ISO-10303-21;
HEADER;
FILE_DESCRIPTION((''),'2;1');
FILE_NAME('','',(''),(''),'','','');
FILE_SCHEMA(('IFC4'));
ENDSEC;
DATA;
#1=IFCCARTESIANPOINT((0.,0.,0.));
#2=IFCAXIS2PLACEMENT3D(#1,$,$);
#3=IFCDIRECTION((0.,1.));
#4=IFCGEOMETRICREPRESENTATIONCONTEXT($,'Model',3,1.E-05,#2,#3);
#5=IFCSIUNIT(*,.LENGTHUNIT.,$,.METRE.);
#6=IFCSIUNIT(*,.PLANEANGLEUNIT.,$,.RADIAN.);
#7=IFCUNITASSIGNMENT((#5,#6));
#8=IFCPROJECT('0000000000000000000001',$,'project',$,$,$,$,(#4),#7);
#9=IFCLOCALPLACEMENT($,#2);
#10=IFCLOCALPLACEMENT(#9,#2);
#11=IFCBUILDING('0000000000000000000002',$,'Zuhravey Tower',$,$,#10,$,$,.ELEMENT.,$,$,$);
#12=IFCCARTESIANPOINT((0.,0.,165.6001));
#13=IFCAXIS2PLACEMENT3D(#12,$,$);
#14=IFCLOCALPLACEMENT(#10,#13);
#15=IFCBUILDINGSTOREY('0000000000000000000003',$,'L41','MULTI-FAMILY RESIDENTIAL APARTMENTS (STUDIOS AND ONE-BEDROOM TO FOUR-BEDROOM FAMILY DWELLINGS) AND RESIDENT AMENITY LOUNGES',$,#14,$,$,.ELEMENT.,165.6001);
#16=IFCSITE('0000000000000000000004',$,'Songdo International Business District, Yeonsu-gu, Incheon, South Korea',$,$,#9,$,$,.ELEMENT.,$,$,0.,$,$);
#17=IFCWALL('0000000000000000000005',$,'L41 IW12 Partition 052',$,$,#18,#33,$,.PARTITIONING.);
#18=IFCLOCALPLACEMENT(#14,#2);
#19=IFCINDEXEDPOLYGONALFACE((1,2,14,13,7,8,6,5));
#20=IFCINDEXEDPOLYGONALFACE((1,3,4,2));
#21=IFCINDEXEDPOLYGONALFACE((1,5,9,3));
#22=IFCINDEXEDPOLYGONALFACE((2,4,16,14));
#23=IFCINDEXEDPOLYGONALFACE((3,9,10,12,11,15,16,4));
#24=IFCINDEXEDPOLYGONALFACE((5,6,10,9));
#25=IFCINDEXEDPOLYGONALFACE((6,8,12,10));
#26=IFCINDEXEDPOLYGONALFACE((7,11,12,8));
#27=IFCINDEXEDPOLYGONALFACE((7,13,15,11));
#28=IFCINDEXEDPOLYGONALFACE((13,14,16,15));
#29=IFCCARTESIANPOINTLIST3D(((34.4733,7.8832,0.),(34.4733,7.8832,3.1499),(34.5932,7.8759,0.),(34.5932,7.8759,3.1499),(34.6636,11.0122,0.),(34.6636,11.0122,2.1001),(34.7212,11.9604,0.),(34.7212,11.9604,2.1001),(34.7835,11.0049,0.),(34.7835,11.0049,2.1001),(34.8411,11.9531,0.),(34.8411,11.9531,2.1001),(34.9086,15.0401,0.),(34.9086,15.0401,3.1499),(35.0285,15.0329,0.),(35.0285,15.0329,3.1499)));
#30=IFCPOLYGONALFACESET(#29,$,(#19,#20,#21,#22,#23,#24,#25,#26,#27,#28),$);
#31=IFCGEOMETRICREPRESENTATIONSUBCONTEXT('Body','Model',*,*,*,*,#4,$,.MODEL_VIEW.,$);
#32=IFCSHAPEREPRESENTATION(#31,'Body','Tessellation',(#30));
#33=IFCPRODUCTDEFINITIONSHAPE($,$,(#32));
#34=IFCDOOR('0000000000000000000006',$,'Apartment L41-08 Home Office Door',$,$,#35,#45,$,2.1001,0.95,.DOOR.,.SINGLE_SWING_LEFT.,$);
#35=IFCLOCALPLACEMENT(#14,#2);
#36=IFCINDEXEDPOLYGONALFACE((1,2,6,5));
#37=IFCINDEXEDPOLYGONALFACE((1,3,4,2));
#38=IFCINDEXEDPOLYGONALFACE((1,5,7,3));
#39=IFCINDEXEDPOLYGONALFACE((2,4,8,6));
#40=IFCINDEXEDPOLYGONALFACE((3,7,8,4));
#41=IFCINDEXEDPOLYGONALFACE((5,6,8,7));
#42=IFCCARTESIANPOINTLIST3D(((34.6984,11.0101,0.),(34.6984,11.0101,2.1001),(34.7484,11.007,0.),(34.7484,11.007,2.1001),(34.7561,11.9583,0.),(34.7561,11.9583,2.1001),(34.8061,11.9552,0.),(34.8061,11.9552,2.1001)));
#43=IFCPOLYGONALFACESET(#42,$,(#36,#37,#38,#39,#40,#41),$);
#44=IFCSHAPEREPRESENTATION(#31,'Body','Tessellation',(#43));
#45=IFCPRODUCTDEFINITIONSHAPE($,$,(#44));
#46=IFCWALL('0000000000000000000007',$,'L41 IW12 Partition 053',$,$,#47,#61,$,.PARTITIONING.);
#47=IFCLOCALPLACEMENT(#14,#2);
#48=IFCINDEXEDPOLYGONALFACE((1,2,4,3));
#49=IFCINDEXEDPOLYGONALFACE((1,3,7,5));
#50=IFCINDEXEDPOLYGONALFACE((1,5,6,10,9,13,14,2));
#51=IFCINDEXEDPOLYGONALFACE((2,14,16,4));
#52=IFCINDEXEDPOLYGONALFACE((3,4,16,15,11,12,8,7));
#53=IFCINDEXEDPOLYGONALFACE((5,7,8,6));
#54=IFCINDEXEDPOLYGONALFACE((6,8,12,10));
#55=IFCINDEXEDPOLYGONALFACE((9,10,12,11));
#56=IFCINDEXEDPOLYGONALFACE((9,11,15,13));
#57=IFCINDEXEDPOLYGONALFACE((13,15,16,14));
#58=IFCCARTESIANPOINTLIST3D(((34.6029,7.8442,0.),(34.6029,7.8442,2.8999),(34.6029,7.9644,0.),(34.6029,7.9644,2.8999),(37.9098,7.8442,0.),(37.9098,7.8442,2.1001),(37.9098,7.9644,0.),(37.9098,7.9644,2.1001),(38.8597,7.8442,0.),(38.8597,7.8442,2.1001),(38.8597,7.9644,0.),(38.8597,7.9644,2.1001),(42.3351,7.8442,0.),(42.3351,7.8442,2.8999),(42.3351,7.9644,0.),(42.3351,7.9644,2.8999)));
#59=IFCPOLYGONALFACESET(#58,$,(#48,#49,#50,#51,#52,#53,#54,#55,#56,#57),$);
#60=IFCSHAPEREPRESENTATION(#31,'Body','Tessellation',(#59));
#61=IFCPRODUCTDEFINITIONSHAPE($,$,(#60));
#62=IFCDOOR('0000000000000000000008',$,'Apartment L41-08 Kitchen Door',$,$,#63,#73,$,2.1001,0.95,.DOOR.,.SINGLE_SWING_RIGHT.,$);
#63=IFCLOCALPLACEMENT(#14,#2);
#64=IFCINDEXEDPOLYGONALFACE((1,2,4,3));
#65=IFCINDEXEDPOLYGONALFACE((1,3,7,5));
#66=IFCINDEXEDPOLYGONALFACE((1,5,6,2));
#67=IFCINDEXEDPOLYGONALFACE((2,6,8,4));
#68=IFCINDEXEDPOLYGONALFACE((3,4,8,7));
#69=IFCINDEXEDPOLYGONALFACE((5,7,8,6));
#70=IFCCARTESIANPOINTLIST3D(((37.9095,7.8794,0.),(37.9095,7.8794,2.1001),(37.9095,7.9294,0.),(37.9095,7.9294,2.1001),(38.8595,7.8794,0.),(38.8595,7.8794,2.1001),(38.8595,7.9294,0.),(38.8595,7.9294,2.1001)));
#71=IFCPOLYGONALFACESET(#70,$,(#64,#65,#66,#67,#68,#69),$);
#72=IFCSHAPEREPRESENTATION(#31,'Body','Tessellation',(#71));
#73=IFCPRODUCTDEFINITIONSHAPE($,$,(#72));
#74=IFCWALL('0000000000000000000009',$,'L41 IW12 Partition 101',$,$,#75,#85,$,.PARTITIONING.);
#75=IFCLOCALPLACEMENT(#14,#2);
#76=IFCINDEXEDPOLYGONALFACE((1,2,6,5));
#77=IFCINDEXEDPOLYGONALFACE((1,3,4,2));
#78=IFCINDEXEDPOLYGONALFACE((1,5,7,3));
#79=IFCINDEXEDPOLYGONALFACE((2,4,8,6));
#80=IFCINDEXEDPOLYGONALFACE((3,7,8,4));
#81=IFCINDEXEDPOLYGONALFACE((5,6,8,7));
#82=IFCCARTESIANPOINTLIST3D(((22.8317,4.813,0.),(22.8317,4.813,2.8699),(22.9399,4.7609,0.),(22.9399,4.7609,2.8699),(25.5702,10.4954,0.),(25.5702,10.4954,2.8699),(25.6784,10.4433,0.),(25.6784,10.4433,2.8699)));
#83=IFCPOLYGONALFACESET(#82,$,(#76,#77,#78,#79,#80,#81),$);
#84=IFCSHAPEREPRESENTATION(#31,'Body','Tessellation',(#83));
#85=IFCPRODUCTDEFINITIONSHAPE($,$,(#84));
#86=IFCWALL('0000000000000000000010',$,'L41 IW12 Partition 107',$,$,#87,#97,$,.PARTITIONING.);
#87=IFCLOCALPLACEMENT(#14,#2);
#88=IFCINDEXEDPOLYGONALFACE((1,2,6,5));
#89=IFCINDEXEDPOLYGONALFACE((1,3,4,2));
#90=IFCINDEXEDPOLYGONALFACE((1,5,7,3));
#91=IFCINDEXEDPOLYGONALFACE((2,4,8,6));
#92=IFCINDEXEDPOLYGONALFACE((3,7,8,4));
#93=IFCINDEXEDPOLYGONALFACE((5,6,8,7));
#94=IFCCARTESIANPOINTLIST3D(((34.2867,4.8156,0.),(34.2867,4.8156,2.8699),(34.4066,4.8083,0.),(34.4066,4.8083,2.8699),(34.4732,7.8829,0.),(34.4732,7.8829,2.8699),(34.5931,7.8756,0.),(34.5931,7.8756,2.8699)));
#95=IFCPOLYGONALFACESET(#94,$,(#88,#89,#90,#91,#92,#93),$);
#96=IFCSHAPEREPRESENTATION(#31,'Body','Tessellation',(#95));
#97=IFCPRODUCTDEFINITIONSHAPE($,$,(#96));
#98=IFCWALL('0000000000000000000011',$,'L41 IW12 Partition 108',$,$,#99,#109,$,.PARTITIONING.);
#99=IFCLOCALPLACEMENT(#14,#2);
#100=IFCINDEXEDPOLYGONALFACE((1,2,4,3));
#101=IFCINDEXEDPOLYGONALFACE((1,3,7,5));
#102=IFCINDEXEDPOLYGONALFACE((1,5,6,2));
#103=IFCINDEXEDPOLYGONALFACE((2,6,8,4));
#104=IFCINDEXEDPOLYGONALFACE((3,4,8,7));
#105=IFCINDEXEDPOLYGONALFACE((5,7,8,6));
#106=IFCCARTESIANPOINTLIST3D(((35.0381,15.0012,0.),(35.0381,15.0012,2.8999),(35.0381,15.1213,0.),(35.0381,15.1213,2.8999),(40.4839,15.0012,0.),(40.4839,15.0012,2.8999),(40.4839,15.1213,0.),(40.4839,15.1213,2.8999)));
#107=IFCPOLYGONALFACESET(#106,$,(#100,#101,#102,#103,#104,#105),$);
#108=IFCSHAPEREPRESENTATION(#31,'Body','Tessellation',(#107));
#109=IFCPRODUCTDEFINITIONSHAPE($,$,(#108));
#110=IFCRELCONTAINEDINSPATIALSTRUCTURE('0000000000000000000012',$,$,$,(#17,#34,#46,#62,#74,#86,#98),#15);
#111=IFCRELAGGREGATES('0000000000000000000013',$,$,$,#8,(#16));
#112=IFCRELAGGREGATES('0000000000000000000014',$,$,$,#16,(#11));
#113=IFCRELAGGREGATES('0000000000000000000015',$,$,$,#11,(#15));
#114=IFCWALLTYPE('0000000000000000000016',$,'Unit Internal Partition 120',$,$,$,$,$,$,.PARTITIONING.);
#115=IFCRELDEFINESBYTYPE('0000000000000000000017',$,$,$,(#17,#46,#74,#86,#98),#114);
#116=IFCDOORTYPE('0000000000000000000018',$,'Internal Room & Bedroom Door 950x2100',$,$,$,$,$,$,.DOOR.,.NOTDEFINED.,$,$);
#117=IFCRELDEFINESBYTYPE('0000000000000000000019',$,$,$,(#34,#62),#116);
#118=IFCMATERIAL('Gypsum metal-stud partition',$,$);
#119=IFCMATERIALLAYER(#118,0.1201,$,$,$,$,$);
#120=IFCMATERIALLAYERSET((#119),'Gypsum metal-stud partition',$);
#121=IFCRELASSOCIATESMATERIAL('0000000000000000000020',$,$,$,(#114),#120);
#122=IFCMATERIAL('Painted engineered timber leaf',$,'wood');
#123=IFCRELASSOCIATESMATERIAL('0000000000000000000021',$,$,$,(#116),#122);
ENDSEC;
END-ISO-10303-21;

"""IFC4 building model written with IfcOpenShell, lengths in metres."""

from ifc_helpers import new_model, si_unit, direction, frame, frame_2d, origin, place, context, subcontext, project, spatial, rectangle, extrude, material, layer, layer_set, type_object, element, fill, save


model = new_model("IFC4")

# Units and contexts
model_context = context("Model", 3, precision=1e-05, world=origin(), true_north=direction((0.0, 1.0)))
body_context = subcontext(model_context, "Body", "Model", "MODEL_VIEW")
ifc_project = project(units=[si_unit("LENGTHUNIT", "METRE"), si_unit("PLANEANGLEUNIT", "RADIAN")], contexts=[model_context])

# Site, building, storey
site_placement = place(None, origin())
site = spatial("IfcSite", under=ifc_project, at=site_placement, Name="Songdo International Business District, Yeonsu-gu, Incheon, South Korea", CompositionType="ELEMENT", RefElevation=0.0)
building_placement = place(site_placement, origin())
building = spatial("IfcBuilding", under=site, at=building_placement, Name="Zuhravey Tower", CompositionType="ELEMENT")
storey_placement = place(building_placement, frame((0.0, 0.0, 165.6001)))
storey = spatial("IfcBuildingStorey", under=building, at=storey_placement, Name="L41", Description="MULTI-FAMILY RESIDENTIAL APARTMENTS (STUDIOS AND ONE-BEDROOM TO FOUR-BEDROOM FAMILY DWELLINGS) AND RESIDENT AMENITY LOUNGES", CompositionType="ELEMENT", Elevation=165.6001)

# Shared definitions
ifc_material_1 = material(Name="Gypsum metal-stud partition")
ifc_layer_1 = layer(ifc_material_1, 0.1201)
ifc_layer_set_1 = layer_set([ifc_layer_1], Name="Gypsum metal-stud partition")
wall_type_1 = type_object("IfcWallType", Name="Unit Internal Partition 120", PredefinedType="PARTITIONING", material=ifc_layer_set_1)
ifc_material_2 = material(Name="Painted engineered timber leaf", Category="wood")
door_type = type_object("IfcDoorType", Name="Internal Room & Bedroom Door 950x2100", OperationType="NOTDEFINED", PredefinedType="DOOR", material=ifc_material_2)

# Walls, openings, doors
wall_1_placement = place(storey_placement, frame((34.9685, 15.0364, 0.0), z_axis=(0.0, 0.0, 1.0), x_axis=(-0.06071, -0.998155, 0.0)))
wall_1 = element("IfcWall", 1, at=wall_1_placement, inside=storey, type_object=wall_type_1, Name="L41 IW12 Partition 052", PredefinedType="PARTITIONING", context=body_context, shape_type="SweptSolid", body=[
    extrude(rectangle(XDim=7.1702, YDim=0.1201, at=frame_2d((3.585, 0.0))), origin(), (0.0, 0.0, 1.0), 3.1499),
])
opening_1_placement = place(wall_1_placement, frame((3.0852, 0.0, 0.0)))
opening_1 = element("IfcOpeningElement", 2, at=opening_1_placement, cuts=wall_1, PredefinedType="OPENING", context=body_context, shape_type="SweptSolid", body=[
    extrude(rectangle(XDim=0.95, YDim=2.1001, at=frame_2d((0.4751, 1.05))), frame((0.0, 0.072, 0.0), z_axis=(0.0, -1.0, 0.0), x_axis=(1.0, 0.0, 0.0)), (0.0, 0.0, 1.0), 0.144),
])
door_1_placement = place(opening_1_placement, origin())
door_1 = element("IfcDoor", 3, at=door_1_placement, inside=storey, type_object=door_type, Name="Apartment L41-08 Home Office Door", OperationType="SINGLE_SWING_LEFT", OverallHeight=2.1001, OverallWidth=0.95, PredefinedType="DOOR", context=body_context, shape_type="SweptSolid", body=[
    extrude(rectangle(XDim=0.95, YDim=2.1001, at=frame_2d((0.4751, 1.05))), frame((0.0, 0.0249, 0.0), z_axis=(0.0, -1.0, 0.0), x_axis=(1.0, 0.0, 0.0)), (0.0, 0.0, 1.0), 0.05),
])
fill(opening_1, door_1)
wall_2_placement = place(storey_placement, frame((34.6028, 7.9043, 0.0), z_axis=(0.0, 0.0, 1.0), x_axis=(1.0, 0.0, 0.0)))
wall_2 = element("IfcWall", 4, at=wall_2_placement, inside=storey, type_object=wall_type_1, Name="L41 IW12 Partition 053", PredefinedType="PARTITIONING", context=body_context, shape_type="SweptSolid", body=[
    extrude(rectangle(XDim=7.7322, YDim=0.1201, at=frame_2d((3.8662, 0.0))), origin(), (0.0, 0.0, 1.0), 2.8999),
])
opening_2_placement = place(wall_2_placement, frame((3.3069, 0.0, 0.0)))
opening_2 = element("IfcOpeningElement", 5, at=opening_2_placement, cuts=wall_2, PredefinedType="OPENING", context=body_context, shape_type="SweptSolid", body=[
    extrude(rectangle(XDim=0.95, YDim=2.1001, at=frame_2d((0.4751, 1.05))), frame((0.0, 0.072, 0.0), z_axis=(0.0, -1.0, 0.0), x_axis=(1.0, 0.0, 0.0)), (0.0, 0.0, 1.0), 0.144),
])
door_2_placement = place(opening_2_placement, frame((0.95, 0.0, 0.0), z_axis=(0.0, 0.0, 1.0), x_axis=(-1.0, 0.0, 0.0)))
door_2 = element("IfcDoor", 6, at=door_2_placement, inside=storey, type_object=door_type, Name="Apartment L41-08 Kitchen Door", OperationType="SINGLE_SWING_RIGHT", OverallHeight=2.1001, OverallWidth=0.95, PredefinedType="DOOR", context=body_context, shape_type="SweptSolid", body=[
    extrude(rectangle(XDim=0.95, YDim=2.1001, at=frame_2d((0.4751, 1.05))), frame((0.0, 0.0249, 0.0), z_axis=(0.0, -1.0, 0.0), x_axis=(1.0, 0.0, 0.0)), (0.0, 0.0, 1.0), 0.05),
])
fill(opening_2, door_2)

# Walls
wall_3_placement = place(storey_placement, frame((25.6243, 10.4692, 0.0), z_axis=(0.0, 0.0, 1.0), x_axis=(-0.434146, -0.900842, 0.0)))
element("IfcWall", 7, at=wall_3_placement, inside=storey, type_object=wall_type_1, Name="L41 IW12 Partition 101", PredefinedType="PARTITIONING", context=body_context, shape_type="SweptSolid", body=[
    extrude(rectangle(XDim=6.3079, YDim=0.1201, at=frame_2d((3.1538, 0.0))), origin(), (0.0, 0.0, 1.0), 2.8699),
])
wall_4_placement = place(storey_placement, frame((34.5332, 7.8794, 0.0), z_axis=(0.0, 0.0, 1.0), x_axis=(-0.060697, -0.998156, 0.0)))
element("IfcWall", 8, at=wall_4_placement, inside=storey, type_object=wall_type_1, Name="L41 IW12 Partition 107", PredefinedType="PARTITIONING", context=body_context, shape_type="SweptSolid", body=[
    extrude(rectangle(XDim=3.073, YDim=0.1201, at=frame_2d((1.5366, 0.0))), origin(), (0.0, 0.0, 1.0), 2.8699),
])
wall_5_placement = place(storey_placement, frame((35.0381, 15.0613, 0.0), z_axis=(0.0, 0.0, 1.0), x_axis=(1.0, 0.0, 0.0)))
element("IfcWall", 9, at=wall_5_placement, inside=storey, type_object=wall_type_1, Name="L41 IW12 Partition 108", PredefinedType="PARTITIONING", context=body_context, shape_type="SweptSolid", body=[
    extrude(rectangle(XDim=5.4458, YDim=0.1201, at=frame_2d((2.7229, 0.0))), origin(), (0.0, 0.0, 1.0), 2.8999),
])

save(model, "model.ifc")
